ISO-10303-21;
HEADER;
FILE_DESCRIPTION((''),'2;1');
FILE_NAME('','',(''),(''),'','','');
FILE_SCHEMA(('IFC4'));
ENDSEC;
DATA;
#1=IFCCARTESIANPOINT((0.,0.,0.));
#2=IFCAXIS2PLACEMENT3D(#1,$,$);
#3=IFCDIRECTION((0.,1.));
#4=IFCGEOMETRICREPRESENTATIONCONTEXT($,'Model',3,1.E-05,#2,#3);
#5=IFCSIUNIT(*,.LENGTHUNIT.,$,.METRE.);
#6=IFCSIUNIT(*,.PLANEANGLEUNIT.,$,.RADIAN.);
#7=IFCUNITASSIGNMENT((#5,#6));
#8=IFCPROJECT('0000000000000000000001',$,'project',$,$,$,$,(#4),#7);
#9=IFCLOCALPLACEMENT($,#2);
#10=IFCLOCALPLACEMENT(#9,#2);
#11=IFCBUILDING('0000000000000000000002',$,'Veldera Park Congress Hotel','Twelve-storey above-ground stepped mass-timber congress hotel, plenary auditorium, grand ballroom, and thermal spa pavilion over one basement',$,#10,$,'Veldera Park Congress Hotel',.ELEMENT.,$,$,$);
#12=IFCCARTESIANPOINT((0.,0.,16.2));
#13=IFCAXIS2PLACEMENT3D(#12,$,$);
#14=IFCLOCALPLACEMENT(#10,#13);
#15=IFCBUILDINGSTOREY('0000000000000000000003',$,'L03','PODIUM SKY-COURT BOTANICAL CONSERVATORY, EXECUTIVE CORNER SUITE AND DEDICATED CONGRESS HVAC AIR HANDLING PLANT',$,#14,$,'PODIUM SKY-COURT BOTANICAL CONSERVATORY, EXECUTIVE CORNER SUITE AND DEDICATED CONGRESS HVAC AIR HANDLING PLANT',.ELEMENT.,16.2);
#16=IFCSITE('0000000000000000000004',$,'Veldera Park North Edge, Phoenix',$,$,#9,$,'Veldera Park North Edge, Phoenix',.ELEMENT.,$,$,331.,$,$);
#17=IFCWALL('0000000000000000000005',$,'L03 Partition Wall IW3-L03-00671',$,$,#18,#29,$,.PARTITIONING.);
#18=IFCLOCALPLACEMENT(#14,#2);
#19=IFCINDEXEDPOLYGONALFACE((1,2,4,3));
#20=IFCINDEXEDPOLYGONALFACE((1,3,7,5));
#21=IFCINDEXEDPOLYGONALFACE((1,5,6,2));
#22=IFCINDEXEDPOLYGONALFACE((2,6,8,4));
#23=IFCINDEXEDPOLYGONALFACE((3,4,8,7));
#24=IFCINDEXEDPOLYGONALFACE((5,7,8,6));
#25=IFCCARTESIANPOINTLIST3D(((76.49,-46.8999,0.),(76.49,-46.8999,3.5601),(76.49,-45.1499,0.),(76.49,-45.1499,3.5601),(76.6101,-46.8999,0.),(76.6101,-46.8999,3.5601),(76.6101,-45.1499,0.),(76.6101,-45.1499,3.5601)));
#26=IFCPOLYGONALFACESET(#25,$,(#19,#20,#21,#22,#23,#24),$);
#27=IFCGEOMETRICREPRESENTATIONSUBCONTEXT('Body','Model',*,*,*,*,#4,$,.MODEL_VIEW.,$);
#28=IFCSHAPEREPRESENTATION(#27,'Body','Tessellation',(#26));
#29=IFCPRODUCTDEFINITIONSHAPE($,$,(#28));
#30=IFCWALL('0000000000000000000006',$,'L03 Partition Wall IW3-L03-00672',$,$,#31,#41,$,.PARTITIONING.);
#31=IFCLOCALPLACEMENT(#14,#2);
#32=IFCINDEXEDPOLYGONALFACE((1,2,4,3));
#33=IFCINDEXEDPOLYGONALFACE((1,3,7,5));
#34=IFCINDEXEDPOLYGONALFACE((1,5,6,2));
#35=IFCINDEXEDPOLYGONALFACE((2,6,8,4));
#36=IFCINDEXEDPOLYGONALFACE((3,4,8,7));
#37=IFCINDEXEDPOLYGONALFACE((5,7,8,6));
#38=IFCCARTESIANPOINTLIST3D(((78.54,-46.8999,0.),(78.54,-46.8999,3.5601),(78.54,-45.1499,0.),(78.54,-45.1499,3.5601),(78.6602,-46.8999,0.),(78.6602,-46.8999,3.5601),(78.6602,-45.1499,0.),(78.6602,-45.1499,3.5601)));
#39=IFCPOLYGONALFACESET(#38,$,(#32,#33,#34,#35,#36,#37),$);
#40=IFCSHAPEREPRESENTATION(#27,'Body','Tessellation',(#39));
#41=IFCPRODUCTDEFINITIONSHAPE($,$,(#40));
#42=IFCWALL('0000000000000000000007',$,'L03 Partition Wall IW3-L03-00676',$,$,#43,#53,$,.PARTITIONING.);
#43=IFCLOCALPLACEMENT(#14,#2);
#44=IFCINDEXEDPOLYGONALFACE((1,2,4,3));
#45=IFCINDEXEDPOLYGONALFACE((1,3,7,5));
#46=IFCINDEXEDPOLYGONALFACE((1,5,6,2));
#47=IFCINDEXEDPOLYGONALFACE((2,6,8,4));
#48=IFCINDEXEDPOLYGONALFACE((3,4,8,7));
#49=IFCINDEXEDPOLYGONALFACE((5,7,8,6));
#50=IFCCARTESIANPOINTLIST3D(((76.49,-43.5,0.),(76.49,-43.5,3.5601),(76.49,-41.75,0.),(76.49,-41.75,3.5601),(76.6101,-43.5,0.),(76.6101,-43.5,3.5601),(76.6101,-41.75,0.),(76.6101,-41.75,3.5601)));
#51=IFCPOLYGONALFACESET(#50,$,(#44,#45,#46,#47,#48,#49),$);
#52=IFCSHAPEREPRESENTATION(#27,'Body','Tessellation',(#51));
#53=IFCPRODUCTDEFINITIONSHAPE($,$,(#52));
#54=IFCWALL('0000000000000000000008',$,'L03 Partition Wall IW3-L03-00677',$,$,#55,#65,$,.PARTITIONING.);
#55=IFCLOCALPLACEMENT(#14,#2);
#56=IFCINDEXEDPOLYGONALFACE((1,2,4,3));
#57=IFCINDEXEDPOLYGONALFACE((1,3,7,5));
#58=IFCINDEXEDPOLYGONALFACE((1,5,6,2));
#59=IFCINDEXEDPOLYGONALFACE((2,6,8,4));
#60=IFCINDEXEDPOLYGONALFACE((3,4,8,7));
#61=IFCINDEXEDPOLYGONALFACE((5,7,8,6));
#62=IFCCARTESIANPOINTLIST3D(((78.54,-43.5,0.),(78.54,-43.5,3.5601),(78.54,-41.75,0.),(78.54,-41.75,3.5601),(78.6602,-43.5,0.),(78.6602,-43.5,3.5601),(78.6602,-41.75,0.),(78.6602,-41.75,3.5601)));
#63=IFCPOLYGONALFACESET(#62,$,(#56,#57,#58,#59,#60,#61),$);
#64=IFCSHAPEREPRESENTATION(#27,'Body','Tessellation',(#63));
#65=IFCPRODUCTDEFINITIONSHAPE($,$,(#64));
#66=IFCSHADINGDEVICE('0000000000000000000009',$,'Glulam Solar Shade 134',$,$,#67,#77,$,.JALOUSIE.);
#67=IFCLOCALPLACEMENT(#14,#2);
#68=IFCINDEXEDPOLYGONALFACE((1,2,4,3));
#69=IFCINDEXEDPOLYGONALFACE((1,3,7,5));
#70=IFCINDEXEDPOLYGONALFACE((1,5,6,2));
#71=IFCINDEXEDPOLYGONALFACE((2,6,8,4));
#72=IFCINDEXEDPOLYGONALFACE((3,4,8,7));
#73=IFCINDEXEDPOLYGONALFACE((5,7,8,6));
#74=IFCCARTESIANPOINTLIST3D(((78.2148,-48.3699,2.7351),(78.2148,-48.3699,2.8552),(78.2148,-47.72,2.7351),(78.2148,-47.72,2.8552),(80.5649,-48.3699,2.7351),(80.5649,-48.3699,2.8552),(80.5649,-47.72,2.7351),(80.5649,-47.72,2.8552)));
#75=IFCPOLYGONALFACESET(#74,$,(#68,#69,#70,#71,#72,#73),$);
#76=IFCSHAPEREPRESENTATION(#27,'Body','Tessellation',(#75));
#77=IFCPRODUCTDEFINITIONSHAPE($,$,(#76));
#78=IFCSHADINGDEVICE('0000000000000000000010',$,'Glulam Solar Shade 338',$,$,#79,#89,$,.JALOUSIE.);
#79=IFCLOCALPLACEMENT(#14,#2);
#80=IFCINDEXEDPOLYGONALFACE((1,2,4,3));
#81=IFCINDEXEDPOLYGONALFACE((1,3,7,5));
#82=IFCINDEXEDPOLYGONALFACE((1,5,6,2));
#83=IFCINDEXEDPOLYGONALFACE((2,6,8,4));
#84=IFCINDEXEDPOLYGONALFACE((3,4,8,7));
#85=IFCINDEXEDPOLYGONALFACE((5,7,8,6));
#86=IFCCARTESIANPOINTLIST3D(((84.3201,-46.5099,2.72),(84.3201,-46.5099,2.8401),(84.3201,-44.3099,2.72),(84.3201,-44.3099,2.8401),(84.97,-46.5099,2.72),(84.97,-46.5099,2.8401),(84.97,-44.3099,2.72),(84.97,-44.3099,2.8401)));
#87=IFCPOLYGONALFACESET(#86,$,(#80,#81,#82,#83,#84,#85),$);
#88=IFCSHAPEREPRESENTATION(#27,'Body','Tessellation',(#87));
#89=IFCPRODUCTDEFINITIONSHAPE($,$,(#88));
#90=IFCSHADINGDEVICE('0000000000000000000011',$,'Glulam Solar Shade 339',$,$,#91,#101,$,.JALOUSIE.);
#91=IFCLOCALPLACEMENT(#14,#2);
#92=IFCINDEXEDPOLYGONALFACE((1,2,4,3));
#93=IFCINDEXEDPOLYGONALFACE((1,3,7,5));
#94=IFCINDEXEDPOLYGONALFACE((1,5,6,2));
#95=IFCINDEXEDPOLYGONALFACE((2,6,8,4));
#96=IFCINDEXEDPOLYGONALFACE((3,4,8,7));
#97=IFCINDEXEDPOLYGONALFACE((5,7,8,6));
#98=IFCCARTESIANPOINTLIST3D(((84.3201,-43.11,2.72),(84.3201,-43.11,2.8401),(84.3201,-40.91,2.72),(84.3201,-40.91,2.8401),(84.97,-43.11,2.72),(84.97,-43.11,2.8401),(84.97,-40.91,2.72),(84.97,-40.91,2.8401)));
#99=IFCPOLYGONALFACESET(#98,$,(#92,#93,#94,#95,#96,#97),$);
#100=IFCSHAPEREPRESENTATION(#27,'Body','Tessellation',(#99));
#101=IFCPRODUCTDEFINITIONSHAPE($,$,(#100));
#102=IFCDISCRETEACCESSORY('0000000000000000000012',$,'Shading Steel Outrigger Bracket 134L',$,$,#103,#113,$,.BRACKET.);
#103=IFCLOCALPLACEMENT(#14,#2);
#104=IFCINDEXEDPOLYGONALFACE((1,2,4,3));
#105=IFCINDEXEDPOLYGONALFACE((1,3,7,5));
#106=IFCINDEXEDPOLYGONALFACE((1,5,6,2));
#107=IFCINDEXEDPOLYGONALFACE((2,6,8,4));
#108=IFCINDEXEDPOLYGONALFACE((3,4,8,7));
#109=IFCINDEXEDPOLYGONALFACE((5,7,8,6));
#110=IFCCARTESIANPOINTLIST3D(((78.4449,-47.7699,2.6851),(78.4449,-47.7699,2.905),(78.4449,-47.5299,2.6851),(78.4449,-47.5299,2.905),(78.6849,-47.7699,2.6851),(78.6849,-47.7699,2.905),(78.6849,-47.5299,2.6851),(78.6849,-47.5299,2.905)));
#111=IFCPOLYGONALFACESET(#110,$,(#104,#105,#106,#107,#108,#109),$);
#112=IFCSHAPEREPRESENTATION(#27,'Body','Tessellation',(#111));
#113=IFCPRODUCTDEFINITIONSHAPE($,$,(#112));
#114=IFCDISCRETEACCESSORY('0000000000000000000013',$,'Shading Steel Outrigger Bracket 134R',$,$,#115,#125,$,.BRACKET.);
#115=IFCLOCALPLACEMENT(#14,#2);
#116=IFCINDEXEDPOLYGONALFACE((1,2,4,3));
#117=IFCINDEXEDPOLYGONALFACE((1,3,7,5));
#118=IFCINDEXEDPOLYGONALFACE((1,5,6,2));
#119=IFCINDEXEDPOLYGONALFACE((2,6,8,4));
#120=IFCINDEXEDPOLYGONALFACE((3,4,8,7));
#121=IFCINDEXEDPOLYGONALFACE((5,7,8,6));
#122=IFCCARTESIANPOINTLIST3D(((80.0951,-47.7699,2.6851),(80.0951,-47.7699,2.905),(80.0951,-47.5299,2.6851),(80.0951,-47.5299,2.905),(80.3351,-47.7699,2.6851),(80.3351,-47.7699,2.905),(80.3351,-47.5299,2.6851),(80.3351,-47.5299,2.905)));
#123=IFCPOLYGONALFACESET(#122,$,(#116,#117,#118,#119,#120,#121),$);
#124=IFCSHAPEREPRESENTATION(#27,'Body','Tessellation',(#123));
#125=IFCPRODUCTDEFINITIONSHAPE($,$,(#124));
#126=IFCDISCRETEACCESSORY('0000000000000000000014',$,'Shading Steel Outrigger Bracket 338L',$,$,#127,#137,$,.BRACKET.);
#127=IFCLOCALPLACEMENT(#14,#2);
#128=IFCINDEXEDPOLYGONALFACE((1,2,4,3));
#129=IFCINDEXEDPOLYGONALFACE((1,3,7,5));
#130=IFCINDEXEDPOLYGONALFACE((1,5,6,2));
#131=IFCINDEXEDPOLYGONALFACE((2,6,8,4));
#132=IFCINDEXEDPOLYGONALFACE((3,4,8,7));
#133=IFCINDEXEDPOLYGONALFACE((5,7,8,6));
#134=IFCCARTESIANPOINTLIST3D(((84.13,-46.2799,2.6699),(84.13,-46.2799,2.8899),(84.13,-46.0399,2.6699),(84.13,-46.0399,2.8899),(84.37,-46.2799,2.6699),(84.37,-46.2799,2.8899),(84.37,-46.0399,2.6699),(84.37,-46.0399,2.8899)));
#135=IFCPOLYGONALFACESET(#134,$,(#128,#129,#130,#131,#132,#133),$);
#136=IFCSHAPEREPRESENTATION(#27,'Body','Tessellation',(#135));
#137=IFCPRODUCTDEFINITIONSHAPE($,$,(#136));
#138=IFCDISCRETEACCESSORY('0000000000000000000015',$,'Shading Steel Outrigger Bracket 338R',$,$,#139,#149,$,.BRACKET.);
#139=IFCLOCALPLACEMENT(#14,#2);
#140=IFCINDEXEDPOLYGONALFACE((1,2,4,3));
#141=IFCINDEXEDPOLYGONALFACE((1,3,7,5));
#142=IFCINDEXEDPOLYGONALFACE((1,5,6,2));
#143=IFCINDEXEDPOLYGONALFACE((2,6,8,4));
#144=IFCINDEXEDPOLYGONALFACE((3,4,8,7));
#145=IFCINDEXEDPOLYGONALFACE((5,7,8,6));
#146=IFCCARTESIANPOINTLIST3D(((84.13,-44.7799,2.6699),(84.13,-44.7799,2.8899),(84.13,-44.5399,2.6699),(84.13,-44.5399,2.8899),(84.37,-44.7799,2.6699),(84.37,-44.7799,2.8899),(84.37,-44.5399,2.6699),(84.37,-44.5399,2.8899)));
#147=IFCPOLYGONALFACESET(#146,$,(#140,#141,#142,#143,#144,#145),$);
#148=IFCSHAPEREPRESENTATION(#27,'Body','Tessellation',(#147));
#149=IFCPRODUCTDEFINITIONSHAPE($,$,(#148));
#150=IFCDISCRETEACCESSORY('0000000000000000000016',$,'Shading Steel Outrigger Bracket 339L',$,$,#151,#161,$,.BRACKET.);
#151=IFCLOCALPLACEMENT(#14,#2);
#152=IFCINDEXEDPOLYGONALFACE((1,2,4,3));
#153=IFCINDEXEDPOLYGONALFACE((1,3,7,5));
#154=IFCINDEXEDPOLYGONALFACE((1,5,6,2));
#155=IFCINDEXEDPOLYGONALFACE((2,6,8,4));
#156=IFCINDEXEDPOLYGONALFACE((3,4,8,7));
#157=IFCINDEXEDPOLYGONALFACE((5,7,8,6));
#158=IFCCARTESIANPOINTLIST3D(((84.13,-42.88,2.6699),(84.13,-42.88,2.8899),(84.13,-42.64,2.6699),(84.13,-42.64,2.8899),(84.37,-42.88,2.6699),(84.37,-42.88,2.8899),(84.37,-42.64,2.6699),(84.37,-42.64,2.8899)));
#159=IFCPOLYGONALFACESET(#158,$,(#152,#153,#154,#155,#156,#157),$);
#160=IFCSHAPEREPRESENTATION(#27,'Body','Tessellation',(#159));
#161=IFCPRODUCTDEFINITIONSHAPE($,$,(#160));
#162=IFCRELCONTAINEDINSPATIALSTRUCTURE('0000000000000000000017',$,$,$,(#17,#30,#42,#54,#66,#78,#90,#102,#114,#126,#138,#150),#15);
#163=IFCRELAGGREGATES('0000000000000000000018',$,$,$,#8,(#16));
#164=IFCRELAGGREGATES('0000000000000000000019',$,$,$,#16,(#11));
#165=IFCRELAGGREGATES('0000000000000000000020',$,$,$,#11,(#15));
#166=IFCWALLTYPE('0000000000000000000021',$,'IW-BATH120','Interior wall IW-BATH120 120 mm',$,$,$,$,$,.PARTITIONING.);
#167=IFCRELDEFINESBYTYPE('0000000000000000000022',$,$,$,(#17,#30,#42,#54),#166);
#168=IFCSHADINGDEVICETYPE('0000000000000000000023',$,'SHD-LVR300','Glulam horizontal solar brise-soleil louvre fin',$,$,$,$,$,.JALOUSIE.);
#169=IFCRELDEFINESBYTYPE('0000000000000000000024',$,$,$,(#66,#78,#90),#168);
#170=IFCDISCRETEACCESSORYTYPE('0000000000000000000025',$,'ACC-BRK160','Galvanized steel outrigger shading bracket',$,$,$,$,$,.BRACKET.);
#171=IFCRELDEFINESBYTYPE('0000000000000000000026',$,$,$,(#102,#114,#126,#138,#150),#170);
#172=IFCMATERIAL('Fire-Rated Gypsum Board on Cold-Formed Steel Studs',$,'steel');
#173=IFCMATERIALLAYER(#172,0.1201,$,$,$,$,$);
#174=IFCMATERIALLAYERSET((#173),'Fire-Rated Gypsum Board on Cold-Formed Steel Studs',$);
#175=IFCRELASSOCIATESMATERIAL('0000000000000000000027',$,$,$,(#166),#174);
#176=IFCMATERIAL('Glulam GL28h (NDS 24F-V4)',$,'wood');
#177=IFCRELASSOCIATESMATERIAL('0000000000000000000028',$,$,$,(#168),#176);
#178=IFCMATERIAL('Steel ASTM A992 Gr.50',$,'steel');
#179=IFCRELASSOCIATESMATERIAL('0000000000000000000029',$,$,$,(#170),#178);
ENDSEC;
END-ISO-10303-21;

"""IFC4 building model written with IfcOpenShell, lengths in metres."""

from ifc_helpers import new_model, si_unit, direction, frame, frame_2d, origin, origin_2d, place, context, subcontext, project, spatial, rectangle, extrude, material, layer, layer_set, type_object, element, save


model = new_model("IFC4")

# Units and contexts
model_context = context("Model", 3, precision=1e-05, world=origin(), true_north=direction((0.0, 1.0)))
body_context = subcontext(model_context, "Body", "Model", "MODEL_VIEW")
ifc_project = project(units=[si_unit("LENGTHUNIT", "METRE"), si_unit("PLANEANGLEUNIT", "RADIAN")], contexts=[model_context])

# Site, building, storey
site_placement = place(None, origin())
site = spatial("IfcSite", under=ifc_project, at=site_placement, Name="Veldera Park North Edge, Phoenix", LongName="Veldera Park North Edge, Phoenix", CompositionType="ELEMENT", RefElevation=331.0)
building_placement = place(site_placement, origin())
building = spatial("IfcBuilding", under=site, at=building_placement, Name="Veldera Park Congress Hotel", Description="Twelve-storey above-ground stepped mass-timber congress hotel, plenary auditorium, grand ballroom, and thermal spa pavilion over one basement", LongName="Veldera Park Congress Hotel", CompositionType="ELEMENT")
storey_placement = place(building_placement, frame((0.0, 0.0, 16.2)))
storey = spatial("IfcBuildingStorey", under=building, at=storey_placement, Name="L03", Description="PODIUM SKY-COURT BOTANICAL CONSERVATORY, EXECUTIVE CORNER SUITE AND DEDICATED CONGRESS HVAC AIR HANDLING PLANT", LongName="PODIUM SKY-COURT BOTANICAL CONSERVATORY, EXECUTIVE CORNER SUITE AND DEDICATED CONGRESS HVAC AIR HANDLING PLANT", CompositionType="ELEMENT", Elevation=16.2)

# Shared definitions
ifc_material_1 = material(Name="Glulam GL28h (NDS 24F-V4)", Category="wood")

# Walls
ifc_material_2 = material(Name="Fire-Rated Gypsum Board on Cold-Formed Steel Studs", Category="steel")
ifc_layer_1 = layer(ifc_material_2, 0.1201)
ifc_layer_set_1 = layer_set([ifc_layer_1], Name="Fire-Rated Gypsum Board on Cold-Formed Steel Studs")
wall_type_1 = type_object("IfcWallType", Name="IW-BATH120", Description="Interior wall IW-BATH120 120 mm", PredefinedType="PARTITIONING", material=ifc_layer_set_1)
for number, where, z_axis, x_axis, name in (
    (1, (76.55, -46.8999, 0.0), (0.0, 0.0, 1.0), (0.0, 1.0, 0.0), "L03 Partition Wall IW3-L03-00671"),
    (2, (78.6001, -46.8999, 0.0), (0.0, 0.0, 1.0), (0.0, 1.0, 0.0), "L03 Partition Wall IW3-L03-00672"),
):
    element("IfcWall", number, at=place(storey_placement, frame(where, z_axis=z_axis, x_axis=x_axis)), inside=storey, type_object=wall_type_1, Name=name, PredefinedType="PARTITIONING", context=body_context, shape_type="SweptSolid", body=[
        extrude(rectangle(XDim=1.75, YDim=0.1201, at=frame_2d((0.875, 0.0))), origin(), (0.0, 0.0, 1.0), 3.5601),
    ])

# Walls
for number, where, z_axis, x_axis, name in (
    (3, (76.55, -43.5, 0.0), (0.0, 0.0, 1.0), (0.0, 1.0, 0.0), "L03 Partition Wall IW3-L03-00676"),
    (4, (78.6001, -43.5, 0.0), (0.0, 0.0, 1.0), (0.0, 1.0, 0.0), "L03 Partition Wall IW3-L03-00677"),
):
    element("IfcWall", number, at=place(storey_placement, frame(where, z_axis=z_axis, x_axis=x_axis)), inside=storey, type_object=wall_type_1, Name=name, PredefinedType="PARTITIONING", context=body_context, shape_type="SweptSolid", body=[
        extrude(rectangle(XDim=1.75, YDim=0.1201, at=frame_2d((0.875, 0.0))), origin(), (0.0, 0.0, 1.0), 3.5601),
    ])

# Shading devices
shading_device_type = type_object("IfcShadingDeviceType", Name="SHD-LVR300", Description="Glulam horizontal solar brise-soleil louvre fin", PredefinedType="JALOUSIE", material=ifc_material_1)
shading_device_placement = place(storey_placement, frame((79.3899, -48.0449, 2.7351), z_axis=(0.0, 0.0, 1.0), x_axis=(1.0, 0.0, 0.0)))
element("IfcShadingDevice", 5, at=shading_device_placement, inside=storey, type_object=shading_device_type, Name="Glulam Solar Shade 134", PredefinedType="JALOUSIE", context=body_context, shape_type="SweptSolid", body=[
    extrude(rectangle(XDim=2.3501, YDim=0.6499, at=origin_2d()), origin(), (0.0, 0.0, 1.0), 0.1201),
])
for number, where, z_axis, x_axis, name in (
    (6, (84.645, -45.4099, 2.72), (0.0, 0.0, 1.0), (0.0, 1.0, 0.0), "Glulam Solar Shade 338"),
    (7, (84.645, -42.01, 2.72), (0.0, 0.0, 1.0), (0.0, 1.0, 0.0), "Glulam Solar Shade 339"),
):
    element("IfcShadingDevice", number, at=place(storey_placement, frame(where, z_axis=z_axis, x_axis=x_axis)), inside=storey, type_object=shading_device_type, Name=name, PredefinedType="JALOUSIE", context=body_context, shape_type="SweptSolid", body=[
        extrude(rectangle(XDim=2.2, YDim=0.6499, at=origin_2d()), origin(), (0.0, 0.0, 1.0), 0.1201),
    ])

# Discrete accessories
ifc_material_3 = material(Name="Steel ASTM A992 Gr.50", Category="steel")
discrete_accessory_type = type_object("IfcDiscreteAccessoryType", Name="ACC-BRK160", Description="Galvanized steel outrigger shading bracket", PredefinedType="BRACKET", material=ifc_material_3)
for number, where, z_axis, x_axis, name in (
    (8, (78.5649, -47.6499, 2.6851), (0.0, 0.0, 1.0), (1.0, 0.0, 0.0), "Shading Steel Outrigger Bracket 134L"),
    (9, (80.2151, -47.6499, 2.6851), (0.0, 0.0, 1.0), (1.0, 0.0, 0.0), "Shading Steel Outrigger Bracket 134R"),
    (10, (84.25, -46.1599, 2.6699), (0.0, 0.0, 1.0), (0.0, 1.0, 0.0), "Shading Steel Outrigger Bracket 338L"),
    (11, (84.25, -44.6599, 2.6699), (0.0, 0.0, 1.0), (0.0, 1.0, 0.0), "Shading Steel Outrigger Bracket 338R"),
    (12, (84.25, -42.76, 2.6699), (0.0, 0.0, 1.0), (0.0, 1.0, 0.0), "Shading Steel Outrigger Bracket 339L"),
):
    element("IfcDiscreteAccessory", number, at=place(storey_placement, frame(where, z_axis=z_axis, x_axis=x_axis)), inside=storey, type_object=discrete_accessory_type, Name=name, PredefinedType="BRACKET", context=body_context, shape_type="SweptSolid", body=[
        extrude(rectangle(XDim=0.24, YDim=0.24, at=origin_2d()), origin(), (0.0, 0.0, 1.0), 0.22),
    ])

save(model, "model.ifc")
